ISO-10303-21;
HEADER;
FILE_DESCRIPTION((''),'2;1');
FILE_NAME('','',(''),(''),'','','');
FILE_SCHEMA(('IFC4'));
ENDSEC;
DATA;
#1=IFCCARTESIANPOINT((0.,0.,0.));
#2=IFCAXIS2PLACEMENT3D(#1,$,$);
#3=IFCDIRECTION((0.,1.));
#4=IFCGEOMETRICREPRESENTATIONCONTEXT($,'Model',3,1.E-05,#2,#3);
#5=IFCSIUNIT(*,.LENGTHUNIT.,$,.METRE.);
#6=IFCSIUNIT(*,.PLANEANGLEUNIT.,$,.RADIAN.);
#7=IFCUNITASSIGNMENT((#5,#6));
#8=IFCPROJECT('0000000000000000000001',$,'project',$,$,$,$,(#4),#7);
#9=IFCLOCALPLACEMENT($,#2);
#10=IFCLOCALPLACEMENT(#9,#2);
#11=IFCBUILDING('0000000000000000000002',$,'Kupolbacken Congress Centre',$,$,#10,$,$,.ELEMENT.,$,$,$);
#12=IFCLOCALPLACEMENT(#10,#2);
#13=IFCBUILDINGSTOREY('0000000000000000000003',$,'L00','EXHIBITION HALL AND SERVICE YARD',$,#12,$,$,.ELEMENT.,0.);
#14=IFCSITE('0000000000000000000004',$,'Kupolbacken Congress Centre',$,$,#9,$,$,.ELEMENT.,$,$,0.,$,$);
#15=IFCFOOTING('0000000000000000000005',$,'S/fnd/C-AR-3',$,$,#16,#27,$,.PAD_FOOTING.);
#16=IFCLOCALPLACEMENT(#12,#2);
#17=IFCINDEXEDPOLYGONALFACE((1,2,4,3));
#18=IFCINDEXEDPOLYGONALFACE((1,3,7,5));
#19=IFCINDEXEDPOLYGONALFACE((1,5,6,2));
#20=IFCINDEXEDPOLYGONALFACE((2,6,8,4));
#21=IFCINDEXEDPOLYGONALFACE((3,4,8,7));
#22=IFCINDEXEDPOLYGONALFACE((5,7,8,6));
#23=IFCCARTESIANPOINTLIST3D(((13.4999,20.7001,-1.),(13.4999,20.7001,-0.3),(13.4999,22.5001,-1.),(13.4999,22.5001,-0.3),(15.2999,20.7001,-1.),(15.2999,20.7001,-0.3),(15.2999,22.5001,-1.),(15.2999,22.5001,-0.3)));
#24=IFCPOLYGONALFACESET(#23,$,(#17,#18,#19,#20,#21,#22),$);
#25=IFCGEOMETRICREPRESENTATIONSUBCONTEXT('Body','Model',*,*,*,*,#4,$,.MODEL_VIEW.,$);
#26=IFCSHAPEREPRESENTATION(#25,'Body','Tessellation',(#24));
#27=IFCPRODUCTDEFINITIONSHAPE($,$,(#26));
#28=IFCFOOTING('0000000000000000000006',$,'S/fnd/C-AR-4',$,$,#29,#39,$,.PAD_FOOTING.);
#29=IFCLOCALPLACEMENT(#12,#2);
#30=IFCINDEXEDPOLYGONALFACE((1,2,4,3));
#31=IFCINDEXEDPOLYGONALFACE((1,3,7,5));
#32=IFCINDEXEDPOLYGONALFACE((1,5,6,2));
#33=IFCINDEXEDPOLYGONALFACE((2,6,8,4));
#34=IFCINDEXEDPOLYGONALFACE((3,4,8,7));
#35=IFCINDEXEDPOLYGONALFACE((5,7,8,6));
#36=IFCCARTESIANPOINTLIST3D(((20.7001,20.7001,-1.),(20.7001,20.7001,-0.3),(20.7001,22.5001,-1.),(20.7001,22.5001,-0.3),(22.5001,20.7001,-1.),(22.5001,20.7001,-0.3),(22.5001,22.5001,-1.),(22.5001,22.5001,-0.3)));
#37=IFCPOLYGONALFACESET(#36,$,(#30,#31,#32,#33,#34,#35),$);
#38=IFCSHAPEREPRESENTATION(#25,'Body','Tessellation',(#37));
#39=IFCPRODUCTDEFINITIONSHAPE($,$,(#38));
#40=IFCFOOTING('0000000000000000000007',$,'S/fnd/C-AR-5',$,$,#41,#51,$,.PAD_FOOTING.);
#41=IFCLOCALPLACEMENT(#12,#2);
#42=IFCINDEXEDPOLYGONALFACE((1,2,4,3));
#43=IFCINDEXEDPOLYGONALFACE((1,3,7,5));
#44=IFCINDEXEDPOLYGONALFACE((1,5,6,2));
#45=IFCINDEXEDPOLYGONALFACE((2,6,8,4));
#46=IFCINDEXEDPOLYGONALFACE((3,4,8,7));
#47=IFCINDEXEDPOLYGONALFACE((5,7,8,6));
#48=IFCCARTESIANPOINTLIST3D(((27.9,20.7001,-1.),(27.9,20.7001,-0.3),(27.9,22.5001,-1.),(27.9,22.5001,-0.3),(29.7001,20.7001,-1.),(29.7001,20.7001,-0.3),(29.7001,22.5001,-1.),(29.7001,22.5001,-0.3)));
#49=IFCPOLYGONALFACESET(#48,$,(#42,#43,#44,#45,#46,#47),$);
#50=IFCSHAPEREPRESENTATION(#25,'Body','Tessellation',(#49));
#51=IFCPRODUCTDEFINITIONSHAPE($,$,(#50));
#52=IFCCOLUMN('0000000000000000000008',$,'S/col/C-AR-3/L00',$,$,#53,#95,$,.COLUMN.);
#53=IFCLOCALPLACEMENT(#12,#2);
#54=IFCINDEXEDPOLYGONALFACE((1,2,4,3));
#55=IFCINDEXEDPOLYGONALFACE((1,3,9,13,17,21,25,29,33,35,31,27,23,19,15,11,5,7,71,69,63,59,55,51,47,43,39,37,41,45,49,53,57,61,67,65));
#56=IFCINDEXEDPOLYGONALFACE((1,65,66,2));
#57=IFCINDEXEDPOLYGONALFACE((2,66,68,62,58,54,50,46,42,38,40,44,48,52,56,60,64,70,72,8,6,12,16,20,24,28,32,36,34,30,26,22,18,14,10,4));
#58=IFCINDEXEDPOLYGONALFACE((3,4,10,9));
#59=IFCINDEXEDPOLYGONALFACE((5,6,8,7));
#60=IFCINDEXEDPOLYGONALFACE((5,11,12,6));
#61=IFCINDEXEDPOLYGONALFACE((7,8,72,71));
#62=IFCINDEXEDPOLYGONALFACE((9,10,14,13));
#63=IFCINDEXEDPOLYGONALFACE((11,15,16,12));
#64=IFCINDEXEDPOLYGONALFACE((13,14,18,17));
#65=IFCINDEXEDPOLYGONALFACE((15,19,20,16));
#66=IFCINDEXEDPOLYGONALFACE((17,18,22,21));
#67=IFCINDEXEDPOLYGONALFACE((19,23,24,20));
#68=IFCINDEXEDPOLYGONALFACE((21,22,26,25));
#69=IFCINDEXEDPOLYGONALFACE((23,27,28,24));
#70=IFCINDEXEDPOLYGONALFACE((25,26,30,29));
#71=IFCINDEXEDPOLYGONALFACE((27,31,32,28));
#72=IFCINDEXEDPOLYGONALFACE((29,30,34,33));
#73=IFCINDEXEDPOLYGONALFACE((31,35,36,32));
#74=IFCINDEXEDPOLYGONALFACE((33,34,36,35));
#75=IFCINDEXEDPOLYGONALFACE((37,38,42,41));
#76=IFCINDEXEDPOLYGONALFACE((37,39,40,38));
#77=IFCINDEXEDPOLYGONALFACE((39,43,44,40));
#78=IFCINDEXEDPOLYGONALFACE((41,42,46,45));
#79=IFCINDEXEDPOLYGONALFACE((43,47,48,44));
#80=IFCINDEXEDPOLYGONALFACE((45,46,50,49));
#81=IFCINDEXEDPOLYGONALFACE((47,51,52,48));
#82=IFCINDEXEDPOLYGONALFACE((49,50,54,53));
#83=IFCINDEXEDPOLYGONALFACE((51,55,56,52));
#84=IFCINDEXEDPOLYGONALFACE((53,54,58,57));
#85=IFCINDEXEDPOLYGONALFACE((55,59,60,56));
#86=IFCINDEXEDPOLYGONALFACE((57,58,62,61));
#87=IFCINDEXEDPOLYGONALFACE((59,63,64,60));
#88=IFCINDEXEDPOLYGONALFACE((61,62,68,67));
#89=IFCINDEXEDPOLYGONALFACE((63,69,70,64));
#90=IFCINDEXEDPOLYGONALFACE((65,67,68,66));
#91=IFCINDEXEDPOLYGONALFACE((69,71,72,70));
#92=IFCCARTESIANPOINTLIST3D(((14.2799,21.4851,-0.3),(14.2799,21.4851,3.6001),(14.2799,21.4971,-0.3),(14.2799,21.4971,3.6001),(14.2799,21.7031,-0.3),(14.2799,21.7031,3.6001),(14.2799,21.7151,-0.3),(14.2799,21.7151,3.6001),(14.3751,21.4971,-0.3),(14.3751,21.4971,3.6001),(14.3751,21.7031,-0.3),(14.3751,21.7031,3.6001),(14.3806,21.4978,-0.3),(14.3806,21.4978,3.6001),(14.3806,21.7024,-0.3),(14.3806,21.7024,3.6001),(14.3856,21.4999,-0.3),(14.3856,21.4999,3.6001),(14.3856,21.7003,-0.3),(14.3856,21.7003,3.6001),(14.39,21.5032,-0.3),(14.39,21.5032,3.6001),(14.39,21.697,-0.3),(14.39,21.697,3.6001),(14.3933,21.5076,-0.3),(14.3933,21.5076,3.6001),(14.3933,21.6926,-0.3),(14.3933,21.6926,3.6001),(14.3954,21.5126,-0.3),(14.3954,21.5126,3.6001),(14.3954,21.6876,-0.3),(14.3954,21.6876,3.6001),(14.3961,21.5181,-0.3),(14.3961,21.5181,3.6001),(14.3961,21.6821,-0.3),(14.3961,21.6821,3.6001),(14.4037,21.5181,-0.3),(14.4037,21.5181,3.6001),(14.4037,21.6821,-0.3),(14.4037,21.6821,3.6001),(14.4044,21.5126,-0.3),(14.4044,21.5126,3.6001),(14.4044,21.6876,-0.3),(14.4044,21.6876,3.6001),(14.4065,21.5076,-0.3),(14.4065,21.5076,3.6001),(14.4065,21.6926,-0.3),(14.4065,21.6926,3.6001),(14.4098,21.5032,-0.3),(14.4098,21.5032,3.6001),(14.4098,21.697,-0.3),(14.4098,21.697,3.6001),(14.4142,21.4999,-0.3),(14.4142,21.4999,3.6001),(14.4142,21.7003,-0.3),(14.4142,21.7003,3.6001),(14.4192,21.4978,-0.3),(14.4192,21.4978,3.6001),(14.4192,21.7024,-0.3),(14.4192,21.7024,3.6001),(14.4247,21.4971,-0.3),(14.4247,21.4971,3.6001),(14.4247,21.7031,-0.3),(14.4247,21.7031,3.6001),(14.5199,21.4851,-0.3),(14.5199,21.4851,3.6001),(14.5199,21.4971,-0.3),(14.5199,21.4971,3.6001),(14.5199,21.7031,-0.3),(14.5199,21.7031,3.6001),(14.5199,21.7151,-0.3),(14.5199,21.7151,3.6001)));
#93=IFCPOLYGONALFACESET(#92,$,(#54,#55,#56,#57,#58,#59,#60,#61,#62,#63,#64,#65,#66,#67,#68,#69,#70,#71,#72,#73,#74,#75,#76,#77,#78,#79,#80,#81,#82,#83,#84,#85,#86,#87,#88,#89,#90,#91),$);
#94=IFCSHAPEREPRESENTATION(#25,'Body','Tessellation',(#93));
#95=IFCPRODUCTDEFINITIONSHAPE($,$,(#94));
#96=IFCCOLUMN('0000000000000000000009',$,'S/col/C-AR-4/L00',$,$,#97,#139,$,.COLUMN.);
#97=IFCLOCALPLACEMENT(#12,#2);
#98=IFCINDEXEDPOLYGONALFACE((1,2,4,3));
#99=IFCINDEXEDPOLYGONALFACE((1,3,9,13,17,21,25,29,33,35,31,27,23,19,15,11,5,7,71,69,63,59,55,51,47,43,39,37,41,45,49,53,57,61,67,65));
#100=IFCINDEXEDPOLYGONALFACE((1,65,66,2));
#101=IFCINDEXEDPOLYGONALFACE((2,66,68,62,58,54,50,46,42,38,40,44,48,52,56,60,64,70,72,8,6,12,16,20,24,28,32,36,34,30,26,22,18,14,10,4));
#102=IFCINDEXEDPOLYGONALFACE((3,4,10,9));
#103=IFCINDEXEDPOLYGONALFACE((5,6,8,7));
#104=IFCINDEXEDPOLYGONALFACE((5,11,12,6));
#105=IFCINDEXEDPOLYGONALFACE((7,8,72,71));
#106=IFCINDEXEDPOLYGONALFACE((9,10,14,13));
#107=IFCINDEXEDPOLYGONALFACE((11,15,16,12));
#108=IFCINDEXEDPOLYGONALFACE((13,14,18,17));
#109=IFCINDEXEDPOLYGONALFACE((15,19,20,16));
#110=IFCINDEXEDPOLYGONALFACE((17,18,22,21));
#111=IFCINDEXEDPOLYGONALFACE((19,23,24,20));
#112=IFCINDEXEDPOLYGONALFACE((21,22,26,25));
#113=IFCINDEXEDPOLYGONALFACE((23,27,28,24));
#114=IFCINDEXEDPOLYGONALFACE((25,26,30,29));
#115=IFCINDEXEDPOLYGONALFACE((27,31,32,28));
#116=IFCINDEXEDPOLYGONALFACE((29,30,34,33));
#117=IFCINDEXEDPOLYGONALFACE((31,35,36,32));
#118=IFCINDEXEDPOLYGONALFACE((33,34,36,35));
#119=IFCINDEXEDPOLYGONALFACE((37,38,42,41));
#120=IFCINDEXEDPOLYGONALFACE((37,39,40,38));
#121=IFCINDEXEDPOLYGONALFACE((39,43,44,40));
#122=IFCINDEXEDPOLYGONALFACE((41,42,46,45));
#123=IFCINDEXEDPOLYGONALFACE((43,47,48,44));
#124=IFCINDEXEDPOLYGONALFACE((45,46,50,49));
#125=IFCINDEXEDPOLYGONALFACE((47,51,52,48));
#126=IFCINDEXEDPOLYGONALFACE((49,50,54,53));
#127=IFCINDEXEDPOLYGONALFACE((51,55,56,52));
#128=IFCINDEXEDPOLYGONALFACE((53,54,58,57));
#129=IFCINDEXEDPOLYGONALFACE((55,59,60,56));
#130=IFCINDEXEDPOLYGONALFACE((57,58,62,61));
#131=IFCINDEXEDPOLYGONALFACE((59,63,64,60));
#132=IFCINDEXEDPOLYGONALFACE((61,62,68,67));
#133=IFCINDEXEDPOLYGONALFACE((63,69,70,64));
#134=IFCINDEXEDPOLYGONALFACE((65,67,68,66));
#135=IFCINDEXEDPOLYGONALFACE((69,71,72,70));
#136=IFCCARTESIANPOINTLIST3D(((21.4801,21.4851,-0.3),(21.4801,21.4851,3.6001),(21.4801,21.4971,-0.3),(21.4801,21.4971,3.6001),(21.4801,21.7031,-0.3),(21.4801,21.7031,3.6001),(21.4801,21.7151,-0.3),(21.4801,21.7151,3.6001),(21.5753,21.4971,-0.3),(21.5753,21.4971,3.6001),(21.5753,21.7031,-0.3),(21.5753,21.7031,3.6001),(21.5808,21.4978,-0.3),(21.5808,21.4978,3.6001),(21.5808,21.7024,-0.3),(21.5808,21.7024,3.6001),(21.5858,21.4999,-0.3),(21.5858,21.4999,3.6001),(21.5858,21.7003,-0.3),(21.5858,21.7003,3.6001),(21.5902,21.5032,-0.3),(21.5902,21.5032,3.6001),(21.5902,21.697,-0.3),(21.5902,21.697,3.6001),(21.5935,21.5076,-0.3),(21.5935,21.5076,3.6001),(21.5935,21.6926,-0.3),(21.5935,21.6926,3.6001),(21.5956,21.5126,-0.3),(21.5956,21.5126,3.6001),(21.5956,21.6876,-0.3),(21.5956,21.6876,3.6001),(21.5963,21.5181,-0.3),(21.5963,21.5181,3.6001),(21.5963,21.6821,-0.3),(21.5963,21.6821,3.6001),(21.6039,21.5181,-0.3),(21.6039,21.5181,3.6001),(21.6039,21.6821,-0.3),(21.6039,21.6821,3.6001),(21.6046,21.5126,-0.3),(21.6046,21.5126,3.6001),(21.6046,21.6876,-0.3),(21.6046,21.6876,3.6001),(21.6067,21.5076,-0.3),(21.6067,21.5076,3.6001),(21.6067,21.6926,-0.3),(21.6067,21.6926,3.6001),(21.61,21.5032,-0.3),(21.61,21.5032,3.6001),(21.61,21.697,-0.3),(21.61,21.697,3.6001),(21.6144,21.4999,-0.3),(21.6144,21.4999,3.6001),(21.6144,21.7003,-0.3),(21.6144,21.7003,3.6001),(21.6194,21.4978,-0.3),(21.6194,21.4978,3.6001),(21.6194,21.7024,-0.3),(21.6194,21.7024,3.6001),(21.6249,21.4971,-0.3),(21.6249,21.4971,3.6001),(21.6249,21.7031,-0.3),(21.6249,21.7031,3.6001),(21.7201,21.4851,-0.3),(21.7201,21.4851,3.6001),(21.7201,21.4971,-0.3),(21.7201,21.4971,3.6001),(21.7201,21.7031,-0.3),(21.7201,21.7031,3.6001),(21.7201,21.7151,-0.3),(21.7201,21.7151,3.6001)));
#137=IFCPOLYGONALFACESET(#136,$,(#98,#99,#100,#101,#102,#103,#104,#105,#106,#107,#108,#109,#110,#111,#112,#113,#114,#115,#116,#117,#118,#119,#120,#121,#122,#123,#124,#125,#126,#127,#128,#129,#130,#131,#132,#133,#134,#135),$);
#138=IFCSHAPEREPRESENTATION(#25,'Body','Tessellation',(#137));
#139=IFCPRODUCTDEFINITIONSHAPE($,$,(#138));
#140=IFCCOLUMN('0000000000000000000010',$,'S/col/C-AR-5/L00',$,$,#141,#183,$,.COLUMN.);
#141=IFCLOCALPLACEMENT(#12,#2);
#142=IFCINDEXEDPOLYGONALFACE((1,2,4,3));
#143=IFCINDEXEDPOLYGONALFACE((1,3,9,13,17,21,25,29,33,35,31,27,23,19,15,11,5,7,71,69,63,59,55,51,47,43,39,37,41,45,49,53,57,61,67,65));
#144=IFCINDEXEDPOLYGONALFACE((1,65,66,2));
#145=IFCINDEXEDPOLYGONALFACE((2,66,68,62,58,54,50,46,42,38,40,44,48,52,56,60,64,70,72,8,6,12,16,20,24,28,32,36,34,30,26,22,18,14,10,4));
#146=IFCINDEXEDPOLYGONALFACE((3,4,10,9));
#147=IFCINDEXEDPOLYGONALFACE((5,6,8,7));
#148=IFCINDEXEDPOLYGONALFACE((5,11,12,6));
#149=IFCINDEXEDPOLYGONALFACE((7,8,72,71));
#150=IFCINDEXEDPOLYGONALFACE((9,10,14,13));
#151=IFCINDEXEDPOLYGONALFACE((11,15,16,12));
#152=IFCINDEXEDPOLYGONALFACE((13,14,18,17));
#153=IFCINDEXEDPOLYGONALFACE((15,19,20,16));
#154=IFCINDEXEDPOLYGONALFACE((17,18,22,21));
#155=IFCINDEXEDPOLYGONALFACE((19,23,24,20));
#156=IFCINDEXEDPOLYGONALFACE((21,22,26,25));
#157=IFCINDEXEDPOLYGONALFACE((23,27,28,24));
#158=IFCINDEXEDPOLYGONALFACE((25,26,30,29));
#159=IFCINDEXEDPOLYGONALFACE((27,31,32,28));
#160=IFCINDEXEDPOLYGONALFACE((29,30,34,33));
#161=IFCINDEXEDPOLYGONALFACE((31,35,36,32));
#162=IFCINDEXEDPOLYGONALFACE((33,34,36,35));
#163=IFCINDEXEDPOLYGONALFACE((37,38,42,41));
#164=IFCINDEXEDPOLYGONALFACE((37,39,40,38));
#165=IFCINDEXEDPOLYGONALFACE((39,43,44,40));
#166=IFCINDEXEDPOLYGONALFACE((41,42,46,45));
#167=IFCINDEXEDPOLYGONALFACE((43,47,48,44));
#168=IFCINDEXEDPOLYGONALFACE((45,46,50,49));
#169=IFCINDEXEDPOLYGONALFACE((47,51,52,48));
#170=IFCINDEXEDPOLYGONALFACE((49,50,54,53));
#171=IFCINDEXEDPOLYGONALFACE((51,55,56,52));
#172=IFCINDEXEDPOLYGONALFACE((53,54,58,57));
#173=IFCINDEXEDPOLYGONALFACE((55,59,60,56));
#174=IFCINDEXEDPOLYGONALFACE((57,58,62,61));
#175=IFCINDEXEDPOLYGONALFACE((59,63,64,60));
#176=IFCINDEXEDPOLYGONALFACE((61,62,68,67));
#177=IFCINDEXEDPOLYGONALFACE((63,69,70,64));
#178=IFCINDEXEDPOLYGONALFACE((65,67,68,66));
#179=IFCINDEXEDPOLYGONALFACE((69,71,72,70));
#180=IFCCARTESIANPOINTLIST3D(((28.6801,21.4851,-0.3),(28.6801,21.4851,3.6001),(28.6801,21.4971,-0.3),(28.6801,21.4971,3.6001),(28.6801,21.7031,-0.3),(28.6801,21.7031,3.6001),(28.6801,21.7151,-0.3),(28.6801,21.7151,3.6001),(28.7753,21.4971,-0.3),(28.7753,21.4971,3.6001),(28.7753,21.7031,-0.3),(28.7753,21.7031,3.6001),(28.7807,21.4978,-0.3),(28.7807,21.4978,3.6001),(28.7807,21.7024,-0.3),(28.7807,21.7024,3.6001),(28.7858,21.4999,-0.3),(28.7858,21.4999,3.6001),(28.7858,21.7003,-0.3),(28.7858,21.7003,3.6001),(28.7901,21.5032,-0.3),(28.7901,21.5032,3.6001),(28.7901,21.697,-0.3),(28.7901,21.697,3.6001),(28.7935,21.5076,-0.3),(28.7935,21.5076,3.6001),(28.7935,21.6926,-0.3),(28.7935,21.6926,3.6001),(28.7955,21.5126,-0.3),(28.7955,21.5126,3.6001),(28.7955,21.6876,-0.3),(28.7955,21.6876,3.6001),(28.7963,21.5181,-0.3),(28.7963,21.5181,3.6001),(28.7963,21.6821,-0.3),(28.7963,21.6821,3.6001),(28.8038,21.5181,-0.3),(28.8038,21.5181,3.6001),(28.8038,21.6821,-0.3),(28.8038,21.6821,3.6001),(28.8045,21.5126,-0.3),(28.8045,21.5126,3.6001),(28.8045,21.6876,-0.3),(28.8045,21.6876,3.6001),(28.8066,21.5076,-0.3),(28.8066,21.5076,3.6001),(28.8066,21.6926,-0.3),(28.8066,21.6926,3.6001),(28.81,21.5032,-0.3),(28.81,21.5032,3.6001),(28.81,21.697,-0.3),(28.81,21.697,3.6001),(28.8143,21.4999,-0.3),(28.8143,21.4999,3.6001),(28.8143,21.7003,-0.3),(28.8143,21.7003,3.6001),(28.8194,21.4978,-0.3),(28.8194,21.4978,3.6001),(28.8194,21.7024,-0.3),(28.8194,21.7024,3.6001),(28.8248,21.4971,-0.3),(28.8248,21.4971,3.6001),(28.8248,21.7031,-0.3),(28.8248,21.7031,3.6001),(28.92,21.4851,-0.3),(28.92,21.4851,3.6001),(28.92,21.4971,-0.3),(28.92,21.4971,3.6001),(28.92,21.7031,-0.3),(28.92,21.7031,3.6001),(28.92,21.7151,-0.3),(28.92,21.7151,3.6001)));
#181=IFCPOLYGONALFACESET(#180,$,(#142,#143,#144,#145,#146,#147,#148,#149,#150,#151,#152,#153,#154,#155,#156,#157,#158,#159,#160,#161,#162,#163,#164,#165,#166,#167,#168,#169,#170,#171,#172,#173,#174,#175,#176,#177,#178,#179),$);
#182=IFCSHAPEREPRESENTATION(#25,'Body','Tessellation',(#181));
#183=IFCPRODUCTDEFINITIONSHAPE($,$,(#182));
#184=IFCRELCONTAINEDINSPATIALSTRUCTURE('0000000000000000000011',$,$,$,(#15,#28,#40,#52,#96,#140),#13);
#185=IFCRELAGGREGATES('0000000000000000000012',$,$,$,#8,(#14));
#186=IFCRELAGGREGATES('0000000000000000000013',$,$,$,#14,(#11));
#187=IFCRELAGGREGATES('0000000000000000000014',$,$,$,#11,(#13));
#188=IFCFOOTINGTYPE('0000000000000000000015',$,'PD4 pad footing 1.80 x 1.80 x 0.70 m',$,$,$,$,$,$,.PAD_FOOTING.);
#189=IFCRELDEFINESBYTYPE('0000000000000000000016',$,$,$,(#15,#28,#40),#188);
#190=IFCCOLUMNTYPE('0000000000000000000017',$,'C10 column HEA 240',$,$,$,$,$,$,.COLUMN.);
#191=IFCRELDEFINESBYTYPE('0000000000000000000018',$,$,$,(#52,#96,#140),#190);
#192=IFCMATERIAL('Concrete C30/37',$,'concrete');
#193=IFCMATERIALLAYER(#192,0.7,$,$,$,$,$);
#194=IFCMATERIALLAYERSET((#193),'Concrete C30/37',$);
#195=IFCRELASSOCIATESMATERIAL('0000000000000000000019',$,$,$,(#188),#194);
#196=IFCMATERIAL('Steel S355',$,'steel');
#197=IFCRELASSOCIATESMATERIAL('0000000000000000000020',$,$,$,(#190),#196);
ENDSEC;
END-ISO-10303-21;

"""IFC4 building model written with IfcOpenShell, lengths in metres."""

from ifc_helpers import new_model, si_unit, direction, frame, origin, origin_2d, place, context, subcontext, project, spatial, rectangle, i_section, extrude, material, layer, layer_set, material_profile, profile_set, type_object, element, save


model = new_model("IFC4")

# Units and contexts
model_context = context("Model", 3, precision=1e-05, world=origin(), true_north=direction((0.0, 1.0)))
body_context = subcontext(model_context, "Body", "Model", "MODEL_VIEW")
ifc_project = project(units=[si_unit("LENGTHUNIT", "METRE"), si_unit("PLANEANGLEUNIT", "RADIAN")], contexts=[model_context])

# Site, building, storey
site_placement = place(None, origin())
site = spatial("IfcSite", under=ifc_project, at=site_placement, Name="Kupolbacken Congress Centre", CompositionType="ELEMENT", RefElevation=0.0)
building_placement = place(site_placement, origin())
building = spatial("IfcBuilding", under=site, at=building_placement, Name="Kupolbacken Congress Centre", CompositionType="ELEMENT")
storey_placement = place(building_placement, origin())
storey = spatial("IfcBuildingStorey", under=building, at=storey_placement, Name="L00", Description="EXHIBITION HALL AND SERVICE YARD", CompositionType="ELEMENT", Elevation=0.0)

# Footings
ifc_material_1 = material(Name="Concrete C30/37", Category="concrete")
ifc_layer_1 = layer(ifc_material_1, 0.7)
ifc_layer_set_1 = layer_set([ifc_layer_1], Name="Concrete C30/37")
footing_type = type_object("IfcFootingType", Name="PD4 pad footing 1.80 x 1.80 x 0.70 m", PredefinedType="PAD_FOOTING", material=ifc_layer_set_1)
for number, where, z_axis, x_axis, name in (
    (1, (14.3999, 21.6001, -1.0), (0.0, 0.0, 1.0), (1.0, 0.0, 0.0), "S/fnd/C-AR-3"),
    (2, (21.6001, 21.6001, -1.0), (0.0, 0.0, 1.0), (1.0, 0.0, 0.0), "S/fnd/C-AR-4"),
    (3, (28.8, 21.6001, -1.0), (0.0, 0.0, 1.0), (1.0, 0.0, 0.0), "S/fnd/C-AR-5"),
):
    element("IfcFooting", number, at=place(storey_placement, frame(where, z_axis=z_axis, x_axis=x_axis)), inside=storey, type_object=footing_type, Name=name, PredefinedType="PAD_FOOTING", context=body_context, shape_type="SweptSolid", body=[
        extrude(rectangle(XDim=1.8, YDim=1.8, at=origin_2d()), origin(), (0.0, 0.0, 1.0), 0.7),
    ])

# Columns
ifc_material_2 = material(Name="Steel S355", Category="steel")
ifc_material_profile = material_profile(ifc_material_2, i_section(OverallWidth=0.24, OverallDepth=0.23, WebThickness=0.0076, FlangeThickness=0.012, FilletRadius=0.021, at=origin_2d()), Name="HEA 240")
ifc_profile_set = profile_set([ifc_material_profile], Name="Steel S355")
column_type = type_object("IfcColumnType", Name="C10 column HEA 240", PredefinedType="COLUMN", material=ifc_profile_set)
for number, where, z_axis, x_axis, name in (
    (4, (14.3999, 21.6001, -0.3), (0.0, 0.0, 1.0), (1.0, 0.0, 0.0), "S/col/C-AR-3/L00"),
    (5, (21.6001, 21.6001, -0.3), (0.0, 0.0, 1.0), (1.0, 0.0, 0.0), "S/col/C-AR-4/L00"),
    (6, (28.8, 21.6001, -0.3), (0.0, 0.0, 1.0), (1.0, 0.0, 0.0), "S/col/C-AR-5/L00"),
):
    element("IfcColumn", number, at=place(storey_placement, frame(where, z_axis=z_axis, x_axis=x_axis)), inside=storey, type_object=column_type, Name=name, PredefinedType="COLUMN", context=body_context, shape_type="SweptSolid", body=[
        extrude(i_section(OverallWidth=0.24, OverallDepth=0.23, WebThickness=0.0076, FlangeThickness=0.012, FilletRadius=0.021, at=origin_2d()), origin(), (0.0, 0.0, 1.0), 3.9001),
    ])

save(model, "model.ifc")
